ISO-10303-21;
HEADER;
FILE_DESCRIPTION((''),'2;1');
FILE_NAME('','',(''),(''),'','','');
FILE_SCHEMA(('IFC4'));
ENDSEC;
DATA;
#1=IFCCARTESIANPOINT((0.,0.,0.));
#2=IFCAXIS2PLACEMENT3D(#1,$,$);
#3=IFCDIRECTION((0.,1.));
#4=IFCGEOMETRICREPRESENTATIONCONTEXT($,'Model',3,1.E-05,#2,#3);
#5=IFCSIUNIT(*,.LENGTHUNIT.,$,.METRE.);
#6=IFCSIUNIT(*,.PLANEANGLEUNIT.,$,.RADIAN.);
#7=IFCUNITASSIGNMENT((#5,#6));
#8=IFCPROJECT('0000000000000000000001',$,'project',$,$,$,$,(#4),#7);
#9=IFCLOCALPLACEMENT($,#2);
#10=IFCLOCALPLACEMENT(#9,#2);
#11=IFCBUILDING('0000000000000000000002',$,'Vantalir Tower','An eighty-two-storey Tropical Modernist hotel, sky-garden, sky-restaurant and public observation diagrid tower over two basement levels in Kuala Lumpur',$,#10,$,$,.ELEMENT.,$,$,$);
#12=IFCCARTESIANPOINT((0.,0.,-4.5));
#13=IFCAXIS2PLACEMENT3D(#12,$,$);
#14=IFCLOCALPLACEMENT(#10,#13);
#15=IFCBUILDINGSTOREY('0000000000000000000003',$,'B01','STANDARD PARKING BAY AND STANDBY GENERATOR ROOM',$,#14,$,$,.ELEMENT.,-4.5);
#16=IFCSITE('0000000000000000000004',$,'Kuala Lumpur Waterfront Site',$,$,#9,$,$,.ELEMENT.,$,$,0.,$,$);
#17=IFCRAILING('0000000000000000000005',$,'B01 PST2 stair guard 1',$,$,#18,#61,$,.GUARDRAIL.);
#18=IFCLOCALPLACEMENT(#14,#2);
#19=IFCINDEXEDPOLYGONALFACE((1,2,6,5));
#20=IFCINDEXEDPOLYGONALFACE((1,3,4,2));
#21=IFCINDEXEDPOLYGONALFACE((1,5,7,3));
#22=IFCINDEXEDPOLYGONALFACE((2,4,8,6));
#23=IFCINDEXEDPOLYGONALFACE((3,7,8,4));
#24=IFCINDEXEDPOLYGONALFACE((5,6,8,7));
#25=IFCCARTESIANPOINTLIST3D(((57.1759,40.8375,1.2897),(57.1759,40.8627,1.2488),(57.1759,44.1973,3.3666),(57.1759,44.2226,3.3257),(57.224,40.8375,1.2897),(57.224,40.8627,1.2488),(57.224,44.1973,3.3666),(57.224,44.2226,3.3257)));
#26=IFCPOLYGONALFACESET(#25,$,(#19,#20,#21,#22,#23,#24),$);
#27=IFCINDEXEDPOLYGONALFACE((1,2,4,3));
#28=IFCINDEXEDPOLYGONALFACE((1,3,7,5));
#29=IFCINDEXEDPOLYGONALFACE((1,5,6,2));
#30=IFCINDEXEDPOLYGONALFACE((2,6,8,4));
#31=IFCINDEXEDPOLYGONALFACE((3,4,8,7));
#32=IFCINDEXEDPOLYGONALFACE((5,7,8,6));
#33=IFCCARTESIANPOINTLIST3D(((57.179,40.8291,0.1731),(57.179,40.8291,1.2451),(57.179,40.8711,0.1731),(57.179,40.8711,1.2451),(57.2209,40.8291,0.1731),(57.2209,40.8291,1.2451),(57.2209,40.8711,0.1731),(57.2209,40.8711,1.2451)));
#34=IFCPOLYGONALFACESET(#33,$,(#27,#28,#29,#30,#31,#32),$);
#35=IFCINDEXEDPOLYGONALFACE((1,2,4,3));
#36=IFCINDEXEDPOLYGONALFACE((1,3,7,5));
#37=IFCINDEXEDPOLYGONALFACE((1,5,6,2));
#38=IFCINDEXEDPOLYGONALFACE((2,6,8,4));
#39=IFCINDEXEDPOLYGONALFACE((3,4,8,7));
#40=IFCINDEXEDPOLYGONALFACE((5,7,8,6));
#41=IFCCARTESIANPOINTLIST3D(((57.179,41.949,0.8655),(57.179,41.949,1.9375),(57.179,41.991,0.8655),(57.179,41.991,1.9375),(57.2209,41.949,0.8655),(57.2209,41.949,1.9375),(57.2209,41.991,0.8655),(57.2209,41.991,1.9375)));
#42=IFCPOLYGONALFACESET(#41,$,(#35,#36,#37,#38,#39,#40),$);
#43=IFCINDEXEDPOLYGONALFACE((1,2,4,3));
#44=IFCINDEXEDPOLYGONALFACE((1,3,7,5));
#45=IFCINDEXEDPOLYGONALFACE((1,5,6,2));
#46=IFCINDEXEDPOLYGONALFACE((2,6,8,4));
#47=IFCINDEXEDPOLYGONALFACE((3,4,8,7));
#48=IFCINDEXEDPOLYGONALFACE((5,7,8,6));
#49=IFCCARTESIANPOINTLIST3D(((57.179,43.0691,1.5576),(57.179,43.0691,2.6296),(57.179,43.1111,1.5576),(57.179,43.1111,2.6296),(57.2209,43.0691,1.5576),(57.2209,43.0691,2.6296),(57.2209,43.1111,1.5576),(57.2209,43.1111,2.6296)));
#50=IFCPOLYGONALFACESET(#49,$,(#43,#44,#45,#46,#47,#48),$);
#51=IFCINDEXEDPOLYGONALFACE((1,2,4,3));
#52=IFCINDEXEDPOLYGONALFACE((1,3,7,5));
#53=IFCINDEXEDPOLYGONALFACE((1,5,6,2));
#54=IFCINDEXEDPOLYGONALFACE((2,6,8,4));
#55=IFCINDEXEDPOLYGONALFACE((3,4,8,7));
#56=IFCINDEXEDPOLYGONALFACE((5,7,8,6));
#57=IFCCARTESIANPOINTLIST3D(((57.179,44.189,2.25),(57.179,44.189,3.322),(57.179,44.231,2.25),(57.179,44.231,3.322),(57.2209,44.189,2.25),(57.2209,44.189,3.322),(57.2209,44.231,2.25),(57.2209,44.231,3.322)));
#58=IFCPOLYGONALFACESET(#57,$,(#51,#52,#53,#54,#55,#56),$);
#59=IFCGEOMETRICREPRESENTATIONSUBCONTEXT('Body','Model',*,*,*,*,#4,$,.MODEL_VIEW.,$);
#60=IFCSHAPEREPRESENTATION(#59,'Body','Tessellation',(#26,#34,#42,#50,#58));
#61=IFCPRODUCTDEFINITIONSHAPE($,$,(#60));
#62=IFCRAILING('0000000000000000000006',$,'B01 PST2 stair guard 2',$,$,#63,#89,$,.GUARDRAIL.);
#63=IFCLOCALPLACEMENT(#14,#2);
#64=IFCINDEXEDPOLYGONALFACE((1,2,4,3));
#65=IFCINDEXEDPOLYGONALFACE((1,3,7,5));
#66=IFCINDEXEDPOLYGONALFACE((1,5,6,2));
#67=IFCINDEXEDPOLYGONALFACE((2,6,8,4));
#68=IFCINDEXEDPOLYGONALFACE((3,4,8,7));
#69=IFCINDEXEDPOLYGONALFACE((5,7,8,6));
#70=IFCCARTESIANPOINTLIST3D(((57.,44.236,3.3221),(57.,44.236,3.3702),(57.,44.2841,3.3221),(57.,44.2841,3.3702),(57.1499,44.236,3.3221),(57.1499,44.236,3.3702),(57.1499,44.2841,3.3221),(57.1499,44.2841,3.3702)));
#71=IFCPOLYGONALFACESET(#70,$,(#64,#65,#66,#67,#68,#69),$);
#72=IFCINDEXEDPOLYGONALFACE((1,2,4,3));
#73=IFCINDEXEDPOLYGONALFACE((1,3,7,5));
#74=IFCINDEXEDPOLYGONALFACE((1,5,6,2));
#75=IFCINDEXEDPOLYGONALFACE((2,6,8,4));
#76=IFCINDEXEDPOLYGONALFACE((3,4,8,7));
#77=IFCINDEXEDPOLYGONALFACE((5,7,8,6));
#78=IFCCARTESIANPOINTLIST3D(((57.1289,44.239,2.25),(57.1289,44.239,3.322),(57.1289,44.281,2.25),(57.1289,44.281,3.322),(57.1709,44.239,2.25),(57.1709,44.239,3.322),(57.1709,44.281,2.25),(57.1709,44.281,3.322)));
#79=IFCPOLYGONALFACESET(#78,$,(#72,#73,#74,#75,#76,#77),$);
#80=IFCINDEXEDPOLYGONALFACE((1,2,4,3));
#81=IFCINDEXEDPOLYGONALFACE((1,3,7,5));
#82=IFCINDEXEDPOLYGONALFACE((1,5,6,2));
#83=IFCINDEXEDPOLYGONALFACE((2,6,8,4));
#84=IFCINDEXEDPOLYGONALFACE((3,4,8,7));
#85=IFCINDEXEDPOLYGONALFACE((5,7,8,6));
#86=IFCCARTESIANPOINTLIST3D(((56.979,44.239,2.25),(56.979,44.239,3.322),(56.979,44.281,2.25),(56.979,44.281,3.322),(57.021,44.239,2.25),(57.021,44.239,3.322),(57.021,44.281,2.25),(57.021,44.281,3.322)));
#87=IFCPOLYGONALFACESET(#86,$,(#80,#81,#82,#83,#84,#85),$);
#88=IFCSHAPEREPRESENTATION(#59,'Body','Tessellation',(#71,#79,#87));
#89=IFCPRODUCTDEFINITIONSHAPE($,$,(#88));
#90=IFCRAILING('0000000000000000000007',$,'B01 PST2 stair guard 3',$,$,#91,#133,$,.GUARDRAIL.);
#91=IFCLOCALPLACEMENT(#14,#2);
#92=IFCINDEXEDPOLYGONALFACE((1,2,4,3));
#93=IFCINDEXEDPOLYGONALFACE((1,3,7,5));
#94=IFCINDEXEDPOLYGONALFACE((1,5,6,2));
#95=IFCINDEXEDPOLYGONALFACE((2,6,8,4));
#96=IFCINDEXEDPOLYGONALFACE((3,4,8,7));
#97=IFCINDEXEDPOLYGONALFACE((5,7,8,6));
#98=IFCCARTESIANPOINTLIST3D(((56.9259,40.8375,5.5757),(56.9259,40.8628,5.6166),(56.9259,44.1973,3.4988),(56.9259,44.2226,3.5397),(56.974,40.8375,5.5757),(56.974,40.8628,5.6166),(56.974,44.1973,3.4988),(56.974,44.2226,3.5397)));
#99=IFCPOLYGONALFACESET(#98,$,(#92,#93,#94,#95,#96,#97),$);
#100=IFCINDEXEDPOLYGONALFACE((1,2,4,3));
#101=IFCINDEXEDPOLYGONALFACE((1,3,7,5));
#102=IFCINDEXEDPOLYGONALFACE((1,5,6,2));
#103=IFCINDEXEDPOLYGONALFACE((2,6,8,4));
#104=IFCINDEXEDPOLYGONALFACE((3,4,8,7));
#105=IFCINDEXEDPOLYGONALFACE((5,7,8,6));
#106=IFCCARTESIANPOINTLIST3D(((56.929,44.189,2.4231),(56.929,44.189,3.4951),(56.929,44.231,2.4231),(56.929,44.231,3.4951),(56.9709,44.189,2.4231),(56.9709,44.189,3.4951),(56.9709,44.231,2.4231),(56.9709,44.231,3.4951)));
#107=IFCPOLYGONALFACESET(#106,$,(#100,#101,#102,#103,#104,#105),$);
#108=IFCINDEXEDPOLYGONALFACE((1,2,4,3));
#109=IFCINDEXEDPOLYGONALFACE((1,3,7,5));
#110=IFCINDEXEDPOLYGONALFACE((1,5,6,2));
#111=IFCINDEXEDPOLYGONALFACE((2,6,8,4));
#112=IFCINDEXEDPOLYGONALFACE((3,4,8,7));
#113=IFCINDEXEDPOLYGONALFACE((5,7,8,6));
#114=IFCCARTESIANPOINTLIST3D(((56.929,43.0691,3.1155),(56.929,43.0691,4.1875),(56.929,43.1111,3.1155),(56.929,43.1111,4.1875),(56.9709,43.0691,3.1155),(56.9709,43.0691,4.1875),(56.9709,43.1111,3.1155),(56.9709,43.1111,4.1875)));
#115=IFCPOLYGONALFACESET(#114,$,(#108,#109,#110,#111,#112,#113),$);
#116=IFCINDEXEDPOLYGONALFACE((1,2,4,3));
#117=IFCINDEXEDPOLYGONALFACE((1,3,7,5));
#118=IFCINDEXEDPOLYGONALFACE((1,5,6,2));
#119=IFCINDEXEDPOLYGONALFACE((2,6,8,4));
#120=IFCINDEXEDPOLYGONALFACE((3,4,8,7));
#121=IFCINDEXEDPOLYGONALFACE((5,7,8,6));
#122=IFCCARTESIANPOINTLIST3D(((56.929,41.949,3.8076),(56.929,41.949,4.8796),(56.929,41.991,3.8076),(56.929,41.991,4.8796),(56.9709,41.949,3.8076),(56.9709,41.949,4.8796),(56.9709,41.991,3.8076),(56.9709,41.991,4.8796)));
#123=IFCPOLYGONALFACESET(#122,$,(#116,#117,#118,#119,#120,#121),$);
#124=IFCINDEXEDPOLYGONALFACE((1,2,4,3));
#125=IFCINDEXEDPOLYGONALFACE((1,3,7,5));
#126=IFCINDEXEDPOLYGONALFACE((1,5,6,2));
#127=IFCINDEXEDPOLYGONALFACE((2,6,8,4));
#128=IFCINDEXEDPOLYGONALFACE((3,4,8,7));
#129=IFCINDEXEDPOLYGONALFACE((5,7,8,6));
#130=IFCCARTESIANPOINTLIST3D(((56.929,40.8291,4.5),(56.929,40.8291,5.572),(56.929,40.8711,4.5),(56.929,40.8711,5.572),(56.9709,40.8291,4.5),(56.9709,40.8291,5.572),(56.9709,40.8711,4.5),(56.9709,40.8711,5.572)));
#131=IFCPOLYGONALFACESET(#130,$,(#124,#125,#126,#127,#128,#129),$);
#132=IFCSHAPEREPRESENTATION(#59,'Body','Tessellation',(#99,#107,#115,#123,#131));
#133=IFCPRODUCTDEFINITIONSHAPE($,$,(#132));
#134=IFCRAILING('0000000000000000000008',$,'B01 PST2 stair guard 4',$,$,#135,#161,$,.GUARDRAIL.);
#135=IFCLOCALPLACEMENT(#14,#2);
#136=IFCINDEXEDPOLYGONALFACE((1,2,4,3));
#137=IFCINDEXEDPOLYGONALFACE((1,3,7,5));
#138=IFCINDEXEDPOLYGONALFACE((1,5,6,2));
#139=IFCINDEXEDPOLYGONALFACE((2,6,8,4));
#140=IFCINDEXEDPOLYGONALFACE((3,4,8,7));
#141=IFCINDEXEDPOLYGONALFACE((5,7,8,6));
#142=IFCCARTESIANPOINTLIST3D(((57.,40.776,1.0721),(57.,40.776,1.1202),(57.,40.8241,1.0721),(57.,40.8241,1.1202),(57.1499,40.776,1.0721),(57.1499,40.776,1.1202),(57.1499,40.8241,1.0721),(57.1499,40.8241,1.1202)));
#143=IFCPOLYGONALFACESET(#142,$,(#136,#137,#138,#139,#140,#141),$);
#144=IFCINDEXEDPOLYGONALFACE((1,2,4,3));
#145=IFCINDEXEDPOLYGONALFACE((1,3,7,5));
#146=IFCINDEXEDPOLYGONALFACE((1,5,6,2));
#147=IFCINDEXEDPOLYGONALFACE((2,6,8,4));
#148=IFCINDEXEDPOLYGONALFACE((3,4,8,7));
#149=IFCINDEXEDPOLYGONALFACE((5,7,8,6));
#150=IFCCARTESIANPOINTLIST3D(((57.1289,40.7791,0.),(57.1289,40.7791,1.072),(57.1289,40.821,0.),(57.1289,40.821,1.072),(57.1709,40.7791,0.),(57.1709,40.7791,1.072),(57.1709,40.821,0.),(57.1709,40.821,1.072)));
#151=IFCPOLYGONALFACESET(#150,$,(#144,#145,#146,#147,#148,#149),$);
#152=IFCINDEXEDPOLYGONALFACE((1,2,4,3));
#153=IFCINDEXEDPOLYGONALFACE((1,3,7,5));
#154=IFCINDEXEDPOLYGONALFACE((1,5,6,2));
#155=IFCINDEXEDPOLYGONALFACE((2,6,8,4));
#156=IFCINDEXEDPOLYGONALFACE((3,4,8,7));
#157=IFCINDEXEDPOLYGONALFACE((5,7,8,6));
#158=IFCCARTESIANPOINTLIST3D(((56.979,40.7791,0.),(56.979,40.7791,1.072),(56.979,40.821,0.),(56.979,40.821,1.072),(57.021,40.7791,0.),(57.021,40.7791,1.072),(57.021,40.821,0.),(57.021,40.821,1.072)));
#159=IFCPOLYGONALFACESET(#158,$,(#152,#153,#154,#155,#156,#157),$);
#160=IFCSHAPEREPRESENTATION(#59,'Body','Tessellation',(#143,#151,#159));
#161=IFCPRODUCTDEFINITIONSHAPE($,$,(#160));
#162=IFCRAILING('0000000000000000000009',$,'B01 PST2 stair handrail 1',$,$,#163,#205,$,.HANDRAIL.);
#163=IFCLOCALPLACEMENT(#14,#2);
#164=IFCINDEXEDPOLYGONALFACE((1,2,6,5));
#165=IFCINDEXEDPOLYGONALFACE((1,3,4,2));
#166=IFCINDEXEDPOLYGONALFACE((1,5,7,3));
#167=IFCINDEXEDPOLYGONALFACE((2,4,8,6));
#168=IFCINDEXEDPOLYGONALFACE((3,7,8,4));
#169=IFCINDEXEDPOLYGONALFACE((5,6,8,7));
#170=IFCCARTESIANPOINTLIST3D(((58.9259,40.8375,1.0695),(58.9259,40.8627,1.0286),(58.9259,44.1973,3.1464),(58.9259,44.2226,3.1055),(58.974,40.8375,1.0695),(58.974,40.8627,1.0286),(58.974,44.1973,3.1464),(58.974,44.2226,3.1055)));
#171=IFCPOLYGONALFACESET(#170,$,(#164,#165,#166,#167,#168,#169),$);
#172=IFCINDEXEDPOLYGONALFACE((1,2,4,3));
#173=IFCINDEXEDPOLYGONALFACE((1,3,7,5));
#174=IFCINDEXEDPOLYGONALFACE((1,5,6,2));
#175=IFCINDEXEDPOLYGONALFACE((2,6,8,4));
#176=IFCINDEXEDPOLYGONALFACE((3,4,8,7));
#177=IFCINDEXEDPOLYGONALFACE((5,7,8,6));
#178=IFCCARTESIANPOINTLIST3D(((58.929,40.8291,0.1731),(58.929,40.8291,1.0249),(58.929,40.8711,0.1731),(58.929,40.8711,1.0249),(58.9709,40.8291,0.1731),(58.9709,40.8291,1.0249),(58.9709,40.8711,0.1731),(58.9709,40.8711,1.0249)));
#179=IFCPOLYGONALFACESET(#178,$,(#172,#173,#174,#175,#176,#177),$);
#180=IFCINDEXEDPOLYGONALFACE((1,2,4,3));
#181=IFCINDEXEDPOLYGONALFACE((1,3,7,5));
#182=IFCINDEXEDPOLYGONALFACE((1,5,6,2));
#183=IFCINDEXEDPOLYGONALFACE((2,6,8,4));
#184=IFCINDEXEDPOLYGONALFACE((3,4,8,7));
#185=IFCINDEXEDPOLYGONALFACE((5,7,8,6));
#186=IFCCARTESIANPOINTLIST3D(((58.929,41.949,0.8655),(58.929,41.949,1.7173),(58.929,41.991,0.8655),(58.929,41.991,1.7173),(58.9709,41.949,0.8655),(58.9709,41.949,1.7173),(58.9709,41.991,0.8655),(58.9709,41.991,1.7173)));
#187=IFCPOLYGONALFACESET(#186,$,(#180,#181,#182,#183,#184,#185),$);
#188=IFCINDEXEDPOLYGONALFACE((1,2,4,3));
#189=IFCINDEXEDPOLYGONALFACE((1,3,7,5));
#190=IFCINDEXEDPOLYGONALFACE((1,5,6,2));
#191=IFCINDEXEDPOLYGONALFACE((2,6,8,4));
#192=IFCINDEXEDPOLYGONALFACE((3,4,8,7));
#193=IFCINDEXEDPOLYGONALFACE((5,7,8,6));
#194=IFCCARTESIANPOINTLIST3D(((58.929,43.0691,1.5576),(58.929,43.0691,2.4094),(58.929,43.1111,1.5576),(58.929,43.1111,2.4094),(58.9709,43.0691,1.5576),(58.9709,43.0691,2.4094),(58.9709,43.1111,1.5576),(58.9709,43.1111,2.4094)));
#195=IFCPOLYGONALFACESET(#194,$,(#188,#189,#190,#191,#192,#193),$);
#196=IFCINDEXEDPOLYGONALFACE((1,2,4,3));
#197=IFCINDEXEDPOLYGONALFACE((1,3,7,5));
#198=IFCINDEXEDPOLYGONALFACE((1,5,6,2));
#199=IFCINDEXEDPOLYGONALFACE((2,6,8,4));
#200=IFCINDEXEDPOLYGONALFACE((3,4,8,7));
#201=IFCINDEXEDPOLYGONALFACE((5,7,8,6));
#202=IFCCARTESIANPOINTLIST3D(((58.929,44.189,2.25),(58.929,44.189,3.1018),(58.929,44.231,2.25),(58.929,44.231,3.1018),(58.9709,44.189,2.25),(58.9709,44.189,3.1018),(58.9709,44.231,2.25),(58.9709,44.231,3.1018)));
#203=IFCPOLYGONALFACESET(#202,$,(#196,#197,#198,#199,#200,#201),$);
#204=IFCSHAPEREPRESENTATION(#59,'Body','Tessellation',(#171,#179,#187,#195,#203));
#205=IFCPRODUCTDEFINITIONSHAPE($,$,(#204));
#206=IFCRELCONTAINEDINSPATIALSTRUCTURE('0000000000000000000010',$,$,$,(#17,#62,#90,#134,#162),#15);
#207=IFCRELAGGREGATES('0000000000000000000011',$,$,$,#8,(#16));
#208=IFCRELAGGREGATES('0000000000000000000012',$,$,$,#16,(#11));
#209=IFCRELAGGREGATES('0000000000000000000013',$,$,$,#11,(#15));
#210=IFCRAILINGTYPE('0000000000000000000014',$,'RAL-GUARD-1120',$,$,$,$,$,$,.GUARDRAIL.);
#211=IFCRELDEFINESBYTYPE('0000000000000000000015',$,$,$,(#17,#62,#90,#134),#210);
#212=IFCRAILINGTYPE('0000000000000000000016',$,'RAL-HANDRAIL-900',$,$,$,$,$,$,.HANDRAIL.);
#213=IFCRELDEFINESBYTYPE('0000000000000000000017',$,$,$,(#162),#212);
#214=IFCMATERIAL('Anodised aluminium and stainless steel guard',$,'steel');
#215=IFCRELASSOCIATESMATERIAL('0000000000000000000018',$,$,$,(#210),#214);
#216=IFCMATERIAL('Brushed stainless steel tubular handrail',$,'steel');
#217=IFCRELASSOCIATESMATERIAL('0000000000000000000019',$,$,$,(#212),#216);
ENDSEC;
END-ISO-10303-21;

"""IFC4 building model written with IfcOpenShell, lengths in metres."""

from ifc_helpers import new_model, si_unit, direction, frame, origin, origin_2d, place, context, subcontext, project, spatial, rectangle, extrude, material, type_object, element, save


model = new_model("IFC4")

# Units and contexts
model_context = context("Model", 3, precision=1e-05, world=origin(), true_north=direction((0.0, 1.0)))
body_context = subcontext(model_context, "Body", "Model", "MODEL_VIEW")
ifc_project = project(units=[si_unit("LENGTHUNIT", "METRE"), si_unit("PLANEANGLEUNIT", "RADIAN")], contexts=[model_context])

# Site, building, storey
site_placement = place(None, origin())
site = spatial("IfcSite", under=ifc_project, at=site_placement, Name="Kuala Lumpur Waterfront Site", CompositionType="ELEMENT", RefElevation=0.0)
building_placement = place(site_placement, origin())
building = spatial("IfcBuilding", under=site, at=building_placement, Name="Vantalir Tower", Description="An eighty-two-storey Tropical Modernist hotel, sky-garden, sky-restaurant and public observation diagrid tower over two basement levels in Kuala Lumpur", CompositionType="ELEMENT")
storey_placement = place(building_placement, frame((0.0, 0.0, -4.5)))
storey = spatial("IfcBuildingStorey", under=building, at=storey_placement, Name="B01", Description="STANDARD PARKING BAY AND STANDBY GENERATOR ROOM", CompositionType="ELEMENT", Elevation=-4.5)

# Railings
ifc_material_1 = material(Name="Anodised aluminium and stainless steel guard", Category="steel")
railing_type_1 = type_object("IfcRailingType", Name="RAL-GUARD-1120", PredefinedType="GUARDRAIL", material=ifc_material_1)
railing_1_placement = place(storey_placement, frame((57.2, 40.8501, 0.1731)))
element("IfcRailing", 1, at=railing_1_placement, inside=storey, type_object=railing_type_1, Name="B01 PST2 stair guard 1", PredefinedType="GUARDRAIL", context=body_context, shape_type="SweptSolid", body=[
    extrude(rectangle(XDim=0.0481, YDim=0.0481, at=origin_2d()), frame((0.0, 0.0, 1.0962), z_axis=(0.0, 0.850606, 0.525803), x_axis=(-1.0, 0.0, 0.0)), (0.0, 0.0, 1.0), 3.95),
    extrude(rectangle(XDim=0.042, YDim=0.042, at=origin_2d()), origin(), (0.0, 0.0, 1.0), 1.072),
    extrude(rectangle(XDim=0.042, YDim=0.042, at=origin_2d()), frame((0.0, 1.1199, 0.6924)), (0.0, 0.0, 1.0), 1.072),
    extrude(rectangle(XDim=0.042, YDim=0.042, at=origin_2d()), frame((0.0, 2.24, 1.3845)), (0.0, 0.0, 1.0), 1.072),
    extrude(rectangle(XDim=0.042, YDim=0.042, at=origin_2d()), frame((0.0, 3.3599, 2.0769)), (0.0, 0.0, 1.0), 1.072),
])
railing_2_placement = place(storey_placement, frame((57.1499, 44.26, 2.25)))
element("IfcRailing", 2, at=railing_2_placement, inside=storey, type_object=railing_type_1, Name="B01 PST2 stair guard 2", PredefinedType="GUARDRAIL", context=body_context, shape_type="SweptSolid", body=[
    extrude(rectangle(XDim=0.0481, YDim=0.0481, at=origin_2d()), frame((0.0, 0.0, 1.0962), z_axis=(-1.0, 0.0, 0.0), x_axis=(0.0, -1.0, 0.0)), (0.0, 0.0, 1.0), 0.1499),
    extrude(rectangle(XDim=0.042, YDim=0.042, at=origin_2d()), origin(), (0.0, 0.0, 1.0), 1.072),
    extrude(rectangle(XDim=0.042, YDim=0.042, at=origin_2d()), frame((-0.1499, 0.0, 0.0)), (0.0, 0.0, 1.0), 1.072),
])
railing_3_placement = place(storey_placement, frame((56.95, 44.21, 2.4231)))
element("IfcRailing", 3, at=railing_3_placement, inside=storey, type_object=railing_type_1, Name="B01 PST2 stair guard 3", PredefinedType="GUARDRAIL", context=body_context, shape_type="SweptSolid", body=[
    extrude(rectangle(XDim=0.0481, YDim=0.0481, at=origin_2d()), frame((0.0, 0.0, 1.0962), z_axis=(0.0, -0.850606, 0.525803), x_axis=(1.0, 0.0, 0.0)), (0.0, 0.0, 1.0), 3.95),
    extrude(rectangle(XDim=0.042, YDim=0.042, at=origin_2d()), origin(), (0.0, 0.0, 1.0), 1.072),
    extrude(rectangle(XDim=0.042, YDim=0.042, at=origin_2d()), frame((0.0, -1.1199, 0.6924)), (0.0, 0.0, 1.0), 1.072),
    extrude(rectangle(XDim=0.042, YDim=0.042, at=origin_2d()), frame((0.0, -2.24, 1.3845)), (0.0, 0.0, 1.0), 1.072),
    extrude(rectangle(XDim=0.042, YDim=0.042, at=origin_2d()), frame((0.0, -3.3599, 2.0769)), (0.0, 0.0, 1.0), 1.072),
])
railing_4_placement = place(storey_placement, frame((57.1499, 40.8, 0.0)))
element("IfcRailing", 4, at=railing_4_placement, inside=storey, type_object=railing_type_1, Name="B01 PST2 stair guard 4", PredefinedType="GUARDRAIL", context=body_context, shape_type="SweptSolid", body=[
    extrude(rectangle(XDim=0.0481, YDim=0.0481, at=origin_2d()), frame((0.0, 0.0, 1.0962), z_axis=(-1.0, 0.0, 0.0), x_axis=(0.0, -1.0, 0.0)), (0.0, 0.0, 1.0), 0.1499),
    extrude(rectangle(XDim=0.042, YDim=0.042, at=origin_2d()), origin(), (0.0, 0.0, 1.0), 1.072),
    extrude(rectangle(XDim=0.042, YDim=0.042, at=origin_2d()), frame((-0.1499, 0.0, 0.0)), (0.0, 0.0, 1.0), 1.072),
])
ifc_material_2 = material(Name="Brushed stainless steel tubular handrail", Category="steel")
railing_type_2 = type_object("IfcRailingType", Name="RAL-HANDRAIL-900", PredefinedType="HANDRAIL", material=ifc_material_2)
railing_5_placement = place(storey_placement, frame((58.95, 40.8501, 0.1731)))
element("IfcRailing", 5, at=railing_5_placement, inside=storey, type_object=railing_type_2, Name="B01 PST2 stair handrail 1", PredefinedType="HANDRAIL", context=body_context, shape_type="SweptSolid", body=[
    extrude(rectangle(XDim=0.0481, YDim=0.0481, at=origin_2d()), frame((0.0, 0.0, 0.876), z_axis=(0.0, 0.850606, 0.525803), x_axis=(-1.0, 0.0, 0.0)), (0.0, 0.0, 1.0), 3.95),
    extrude(rectangle(XDim=0.042, YDim=0.042, at=origin_2d()), origin(), (0.0, 0.0, 1.0), 0.8518),
    extrude(rectangle(XDim=0.042, YDim=0.042, at=origin_2d()), frame((0.0, 1.1199, 0.6924)), (0.0, 0.0, 1.0), 0.8518),
    extrude(rectangle(XDim=0.042, YDim=0.042, at=origin_2d()), frame((0.0, 2.24, 1.3845)), (0.0, 0.0, 1.0), 0.8518),
    extrude(rectangle(XDim=0.042, YDim=0.042, at=origin_2d()), frame((0.0, 3.3599, 2.0769)), (0.0, 0.0, 1.0), 0.8518),
])

save(model, "model.ifc")
